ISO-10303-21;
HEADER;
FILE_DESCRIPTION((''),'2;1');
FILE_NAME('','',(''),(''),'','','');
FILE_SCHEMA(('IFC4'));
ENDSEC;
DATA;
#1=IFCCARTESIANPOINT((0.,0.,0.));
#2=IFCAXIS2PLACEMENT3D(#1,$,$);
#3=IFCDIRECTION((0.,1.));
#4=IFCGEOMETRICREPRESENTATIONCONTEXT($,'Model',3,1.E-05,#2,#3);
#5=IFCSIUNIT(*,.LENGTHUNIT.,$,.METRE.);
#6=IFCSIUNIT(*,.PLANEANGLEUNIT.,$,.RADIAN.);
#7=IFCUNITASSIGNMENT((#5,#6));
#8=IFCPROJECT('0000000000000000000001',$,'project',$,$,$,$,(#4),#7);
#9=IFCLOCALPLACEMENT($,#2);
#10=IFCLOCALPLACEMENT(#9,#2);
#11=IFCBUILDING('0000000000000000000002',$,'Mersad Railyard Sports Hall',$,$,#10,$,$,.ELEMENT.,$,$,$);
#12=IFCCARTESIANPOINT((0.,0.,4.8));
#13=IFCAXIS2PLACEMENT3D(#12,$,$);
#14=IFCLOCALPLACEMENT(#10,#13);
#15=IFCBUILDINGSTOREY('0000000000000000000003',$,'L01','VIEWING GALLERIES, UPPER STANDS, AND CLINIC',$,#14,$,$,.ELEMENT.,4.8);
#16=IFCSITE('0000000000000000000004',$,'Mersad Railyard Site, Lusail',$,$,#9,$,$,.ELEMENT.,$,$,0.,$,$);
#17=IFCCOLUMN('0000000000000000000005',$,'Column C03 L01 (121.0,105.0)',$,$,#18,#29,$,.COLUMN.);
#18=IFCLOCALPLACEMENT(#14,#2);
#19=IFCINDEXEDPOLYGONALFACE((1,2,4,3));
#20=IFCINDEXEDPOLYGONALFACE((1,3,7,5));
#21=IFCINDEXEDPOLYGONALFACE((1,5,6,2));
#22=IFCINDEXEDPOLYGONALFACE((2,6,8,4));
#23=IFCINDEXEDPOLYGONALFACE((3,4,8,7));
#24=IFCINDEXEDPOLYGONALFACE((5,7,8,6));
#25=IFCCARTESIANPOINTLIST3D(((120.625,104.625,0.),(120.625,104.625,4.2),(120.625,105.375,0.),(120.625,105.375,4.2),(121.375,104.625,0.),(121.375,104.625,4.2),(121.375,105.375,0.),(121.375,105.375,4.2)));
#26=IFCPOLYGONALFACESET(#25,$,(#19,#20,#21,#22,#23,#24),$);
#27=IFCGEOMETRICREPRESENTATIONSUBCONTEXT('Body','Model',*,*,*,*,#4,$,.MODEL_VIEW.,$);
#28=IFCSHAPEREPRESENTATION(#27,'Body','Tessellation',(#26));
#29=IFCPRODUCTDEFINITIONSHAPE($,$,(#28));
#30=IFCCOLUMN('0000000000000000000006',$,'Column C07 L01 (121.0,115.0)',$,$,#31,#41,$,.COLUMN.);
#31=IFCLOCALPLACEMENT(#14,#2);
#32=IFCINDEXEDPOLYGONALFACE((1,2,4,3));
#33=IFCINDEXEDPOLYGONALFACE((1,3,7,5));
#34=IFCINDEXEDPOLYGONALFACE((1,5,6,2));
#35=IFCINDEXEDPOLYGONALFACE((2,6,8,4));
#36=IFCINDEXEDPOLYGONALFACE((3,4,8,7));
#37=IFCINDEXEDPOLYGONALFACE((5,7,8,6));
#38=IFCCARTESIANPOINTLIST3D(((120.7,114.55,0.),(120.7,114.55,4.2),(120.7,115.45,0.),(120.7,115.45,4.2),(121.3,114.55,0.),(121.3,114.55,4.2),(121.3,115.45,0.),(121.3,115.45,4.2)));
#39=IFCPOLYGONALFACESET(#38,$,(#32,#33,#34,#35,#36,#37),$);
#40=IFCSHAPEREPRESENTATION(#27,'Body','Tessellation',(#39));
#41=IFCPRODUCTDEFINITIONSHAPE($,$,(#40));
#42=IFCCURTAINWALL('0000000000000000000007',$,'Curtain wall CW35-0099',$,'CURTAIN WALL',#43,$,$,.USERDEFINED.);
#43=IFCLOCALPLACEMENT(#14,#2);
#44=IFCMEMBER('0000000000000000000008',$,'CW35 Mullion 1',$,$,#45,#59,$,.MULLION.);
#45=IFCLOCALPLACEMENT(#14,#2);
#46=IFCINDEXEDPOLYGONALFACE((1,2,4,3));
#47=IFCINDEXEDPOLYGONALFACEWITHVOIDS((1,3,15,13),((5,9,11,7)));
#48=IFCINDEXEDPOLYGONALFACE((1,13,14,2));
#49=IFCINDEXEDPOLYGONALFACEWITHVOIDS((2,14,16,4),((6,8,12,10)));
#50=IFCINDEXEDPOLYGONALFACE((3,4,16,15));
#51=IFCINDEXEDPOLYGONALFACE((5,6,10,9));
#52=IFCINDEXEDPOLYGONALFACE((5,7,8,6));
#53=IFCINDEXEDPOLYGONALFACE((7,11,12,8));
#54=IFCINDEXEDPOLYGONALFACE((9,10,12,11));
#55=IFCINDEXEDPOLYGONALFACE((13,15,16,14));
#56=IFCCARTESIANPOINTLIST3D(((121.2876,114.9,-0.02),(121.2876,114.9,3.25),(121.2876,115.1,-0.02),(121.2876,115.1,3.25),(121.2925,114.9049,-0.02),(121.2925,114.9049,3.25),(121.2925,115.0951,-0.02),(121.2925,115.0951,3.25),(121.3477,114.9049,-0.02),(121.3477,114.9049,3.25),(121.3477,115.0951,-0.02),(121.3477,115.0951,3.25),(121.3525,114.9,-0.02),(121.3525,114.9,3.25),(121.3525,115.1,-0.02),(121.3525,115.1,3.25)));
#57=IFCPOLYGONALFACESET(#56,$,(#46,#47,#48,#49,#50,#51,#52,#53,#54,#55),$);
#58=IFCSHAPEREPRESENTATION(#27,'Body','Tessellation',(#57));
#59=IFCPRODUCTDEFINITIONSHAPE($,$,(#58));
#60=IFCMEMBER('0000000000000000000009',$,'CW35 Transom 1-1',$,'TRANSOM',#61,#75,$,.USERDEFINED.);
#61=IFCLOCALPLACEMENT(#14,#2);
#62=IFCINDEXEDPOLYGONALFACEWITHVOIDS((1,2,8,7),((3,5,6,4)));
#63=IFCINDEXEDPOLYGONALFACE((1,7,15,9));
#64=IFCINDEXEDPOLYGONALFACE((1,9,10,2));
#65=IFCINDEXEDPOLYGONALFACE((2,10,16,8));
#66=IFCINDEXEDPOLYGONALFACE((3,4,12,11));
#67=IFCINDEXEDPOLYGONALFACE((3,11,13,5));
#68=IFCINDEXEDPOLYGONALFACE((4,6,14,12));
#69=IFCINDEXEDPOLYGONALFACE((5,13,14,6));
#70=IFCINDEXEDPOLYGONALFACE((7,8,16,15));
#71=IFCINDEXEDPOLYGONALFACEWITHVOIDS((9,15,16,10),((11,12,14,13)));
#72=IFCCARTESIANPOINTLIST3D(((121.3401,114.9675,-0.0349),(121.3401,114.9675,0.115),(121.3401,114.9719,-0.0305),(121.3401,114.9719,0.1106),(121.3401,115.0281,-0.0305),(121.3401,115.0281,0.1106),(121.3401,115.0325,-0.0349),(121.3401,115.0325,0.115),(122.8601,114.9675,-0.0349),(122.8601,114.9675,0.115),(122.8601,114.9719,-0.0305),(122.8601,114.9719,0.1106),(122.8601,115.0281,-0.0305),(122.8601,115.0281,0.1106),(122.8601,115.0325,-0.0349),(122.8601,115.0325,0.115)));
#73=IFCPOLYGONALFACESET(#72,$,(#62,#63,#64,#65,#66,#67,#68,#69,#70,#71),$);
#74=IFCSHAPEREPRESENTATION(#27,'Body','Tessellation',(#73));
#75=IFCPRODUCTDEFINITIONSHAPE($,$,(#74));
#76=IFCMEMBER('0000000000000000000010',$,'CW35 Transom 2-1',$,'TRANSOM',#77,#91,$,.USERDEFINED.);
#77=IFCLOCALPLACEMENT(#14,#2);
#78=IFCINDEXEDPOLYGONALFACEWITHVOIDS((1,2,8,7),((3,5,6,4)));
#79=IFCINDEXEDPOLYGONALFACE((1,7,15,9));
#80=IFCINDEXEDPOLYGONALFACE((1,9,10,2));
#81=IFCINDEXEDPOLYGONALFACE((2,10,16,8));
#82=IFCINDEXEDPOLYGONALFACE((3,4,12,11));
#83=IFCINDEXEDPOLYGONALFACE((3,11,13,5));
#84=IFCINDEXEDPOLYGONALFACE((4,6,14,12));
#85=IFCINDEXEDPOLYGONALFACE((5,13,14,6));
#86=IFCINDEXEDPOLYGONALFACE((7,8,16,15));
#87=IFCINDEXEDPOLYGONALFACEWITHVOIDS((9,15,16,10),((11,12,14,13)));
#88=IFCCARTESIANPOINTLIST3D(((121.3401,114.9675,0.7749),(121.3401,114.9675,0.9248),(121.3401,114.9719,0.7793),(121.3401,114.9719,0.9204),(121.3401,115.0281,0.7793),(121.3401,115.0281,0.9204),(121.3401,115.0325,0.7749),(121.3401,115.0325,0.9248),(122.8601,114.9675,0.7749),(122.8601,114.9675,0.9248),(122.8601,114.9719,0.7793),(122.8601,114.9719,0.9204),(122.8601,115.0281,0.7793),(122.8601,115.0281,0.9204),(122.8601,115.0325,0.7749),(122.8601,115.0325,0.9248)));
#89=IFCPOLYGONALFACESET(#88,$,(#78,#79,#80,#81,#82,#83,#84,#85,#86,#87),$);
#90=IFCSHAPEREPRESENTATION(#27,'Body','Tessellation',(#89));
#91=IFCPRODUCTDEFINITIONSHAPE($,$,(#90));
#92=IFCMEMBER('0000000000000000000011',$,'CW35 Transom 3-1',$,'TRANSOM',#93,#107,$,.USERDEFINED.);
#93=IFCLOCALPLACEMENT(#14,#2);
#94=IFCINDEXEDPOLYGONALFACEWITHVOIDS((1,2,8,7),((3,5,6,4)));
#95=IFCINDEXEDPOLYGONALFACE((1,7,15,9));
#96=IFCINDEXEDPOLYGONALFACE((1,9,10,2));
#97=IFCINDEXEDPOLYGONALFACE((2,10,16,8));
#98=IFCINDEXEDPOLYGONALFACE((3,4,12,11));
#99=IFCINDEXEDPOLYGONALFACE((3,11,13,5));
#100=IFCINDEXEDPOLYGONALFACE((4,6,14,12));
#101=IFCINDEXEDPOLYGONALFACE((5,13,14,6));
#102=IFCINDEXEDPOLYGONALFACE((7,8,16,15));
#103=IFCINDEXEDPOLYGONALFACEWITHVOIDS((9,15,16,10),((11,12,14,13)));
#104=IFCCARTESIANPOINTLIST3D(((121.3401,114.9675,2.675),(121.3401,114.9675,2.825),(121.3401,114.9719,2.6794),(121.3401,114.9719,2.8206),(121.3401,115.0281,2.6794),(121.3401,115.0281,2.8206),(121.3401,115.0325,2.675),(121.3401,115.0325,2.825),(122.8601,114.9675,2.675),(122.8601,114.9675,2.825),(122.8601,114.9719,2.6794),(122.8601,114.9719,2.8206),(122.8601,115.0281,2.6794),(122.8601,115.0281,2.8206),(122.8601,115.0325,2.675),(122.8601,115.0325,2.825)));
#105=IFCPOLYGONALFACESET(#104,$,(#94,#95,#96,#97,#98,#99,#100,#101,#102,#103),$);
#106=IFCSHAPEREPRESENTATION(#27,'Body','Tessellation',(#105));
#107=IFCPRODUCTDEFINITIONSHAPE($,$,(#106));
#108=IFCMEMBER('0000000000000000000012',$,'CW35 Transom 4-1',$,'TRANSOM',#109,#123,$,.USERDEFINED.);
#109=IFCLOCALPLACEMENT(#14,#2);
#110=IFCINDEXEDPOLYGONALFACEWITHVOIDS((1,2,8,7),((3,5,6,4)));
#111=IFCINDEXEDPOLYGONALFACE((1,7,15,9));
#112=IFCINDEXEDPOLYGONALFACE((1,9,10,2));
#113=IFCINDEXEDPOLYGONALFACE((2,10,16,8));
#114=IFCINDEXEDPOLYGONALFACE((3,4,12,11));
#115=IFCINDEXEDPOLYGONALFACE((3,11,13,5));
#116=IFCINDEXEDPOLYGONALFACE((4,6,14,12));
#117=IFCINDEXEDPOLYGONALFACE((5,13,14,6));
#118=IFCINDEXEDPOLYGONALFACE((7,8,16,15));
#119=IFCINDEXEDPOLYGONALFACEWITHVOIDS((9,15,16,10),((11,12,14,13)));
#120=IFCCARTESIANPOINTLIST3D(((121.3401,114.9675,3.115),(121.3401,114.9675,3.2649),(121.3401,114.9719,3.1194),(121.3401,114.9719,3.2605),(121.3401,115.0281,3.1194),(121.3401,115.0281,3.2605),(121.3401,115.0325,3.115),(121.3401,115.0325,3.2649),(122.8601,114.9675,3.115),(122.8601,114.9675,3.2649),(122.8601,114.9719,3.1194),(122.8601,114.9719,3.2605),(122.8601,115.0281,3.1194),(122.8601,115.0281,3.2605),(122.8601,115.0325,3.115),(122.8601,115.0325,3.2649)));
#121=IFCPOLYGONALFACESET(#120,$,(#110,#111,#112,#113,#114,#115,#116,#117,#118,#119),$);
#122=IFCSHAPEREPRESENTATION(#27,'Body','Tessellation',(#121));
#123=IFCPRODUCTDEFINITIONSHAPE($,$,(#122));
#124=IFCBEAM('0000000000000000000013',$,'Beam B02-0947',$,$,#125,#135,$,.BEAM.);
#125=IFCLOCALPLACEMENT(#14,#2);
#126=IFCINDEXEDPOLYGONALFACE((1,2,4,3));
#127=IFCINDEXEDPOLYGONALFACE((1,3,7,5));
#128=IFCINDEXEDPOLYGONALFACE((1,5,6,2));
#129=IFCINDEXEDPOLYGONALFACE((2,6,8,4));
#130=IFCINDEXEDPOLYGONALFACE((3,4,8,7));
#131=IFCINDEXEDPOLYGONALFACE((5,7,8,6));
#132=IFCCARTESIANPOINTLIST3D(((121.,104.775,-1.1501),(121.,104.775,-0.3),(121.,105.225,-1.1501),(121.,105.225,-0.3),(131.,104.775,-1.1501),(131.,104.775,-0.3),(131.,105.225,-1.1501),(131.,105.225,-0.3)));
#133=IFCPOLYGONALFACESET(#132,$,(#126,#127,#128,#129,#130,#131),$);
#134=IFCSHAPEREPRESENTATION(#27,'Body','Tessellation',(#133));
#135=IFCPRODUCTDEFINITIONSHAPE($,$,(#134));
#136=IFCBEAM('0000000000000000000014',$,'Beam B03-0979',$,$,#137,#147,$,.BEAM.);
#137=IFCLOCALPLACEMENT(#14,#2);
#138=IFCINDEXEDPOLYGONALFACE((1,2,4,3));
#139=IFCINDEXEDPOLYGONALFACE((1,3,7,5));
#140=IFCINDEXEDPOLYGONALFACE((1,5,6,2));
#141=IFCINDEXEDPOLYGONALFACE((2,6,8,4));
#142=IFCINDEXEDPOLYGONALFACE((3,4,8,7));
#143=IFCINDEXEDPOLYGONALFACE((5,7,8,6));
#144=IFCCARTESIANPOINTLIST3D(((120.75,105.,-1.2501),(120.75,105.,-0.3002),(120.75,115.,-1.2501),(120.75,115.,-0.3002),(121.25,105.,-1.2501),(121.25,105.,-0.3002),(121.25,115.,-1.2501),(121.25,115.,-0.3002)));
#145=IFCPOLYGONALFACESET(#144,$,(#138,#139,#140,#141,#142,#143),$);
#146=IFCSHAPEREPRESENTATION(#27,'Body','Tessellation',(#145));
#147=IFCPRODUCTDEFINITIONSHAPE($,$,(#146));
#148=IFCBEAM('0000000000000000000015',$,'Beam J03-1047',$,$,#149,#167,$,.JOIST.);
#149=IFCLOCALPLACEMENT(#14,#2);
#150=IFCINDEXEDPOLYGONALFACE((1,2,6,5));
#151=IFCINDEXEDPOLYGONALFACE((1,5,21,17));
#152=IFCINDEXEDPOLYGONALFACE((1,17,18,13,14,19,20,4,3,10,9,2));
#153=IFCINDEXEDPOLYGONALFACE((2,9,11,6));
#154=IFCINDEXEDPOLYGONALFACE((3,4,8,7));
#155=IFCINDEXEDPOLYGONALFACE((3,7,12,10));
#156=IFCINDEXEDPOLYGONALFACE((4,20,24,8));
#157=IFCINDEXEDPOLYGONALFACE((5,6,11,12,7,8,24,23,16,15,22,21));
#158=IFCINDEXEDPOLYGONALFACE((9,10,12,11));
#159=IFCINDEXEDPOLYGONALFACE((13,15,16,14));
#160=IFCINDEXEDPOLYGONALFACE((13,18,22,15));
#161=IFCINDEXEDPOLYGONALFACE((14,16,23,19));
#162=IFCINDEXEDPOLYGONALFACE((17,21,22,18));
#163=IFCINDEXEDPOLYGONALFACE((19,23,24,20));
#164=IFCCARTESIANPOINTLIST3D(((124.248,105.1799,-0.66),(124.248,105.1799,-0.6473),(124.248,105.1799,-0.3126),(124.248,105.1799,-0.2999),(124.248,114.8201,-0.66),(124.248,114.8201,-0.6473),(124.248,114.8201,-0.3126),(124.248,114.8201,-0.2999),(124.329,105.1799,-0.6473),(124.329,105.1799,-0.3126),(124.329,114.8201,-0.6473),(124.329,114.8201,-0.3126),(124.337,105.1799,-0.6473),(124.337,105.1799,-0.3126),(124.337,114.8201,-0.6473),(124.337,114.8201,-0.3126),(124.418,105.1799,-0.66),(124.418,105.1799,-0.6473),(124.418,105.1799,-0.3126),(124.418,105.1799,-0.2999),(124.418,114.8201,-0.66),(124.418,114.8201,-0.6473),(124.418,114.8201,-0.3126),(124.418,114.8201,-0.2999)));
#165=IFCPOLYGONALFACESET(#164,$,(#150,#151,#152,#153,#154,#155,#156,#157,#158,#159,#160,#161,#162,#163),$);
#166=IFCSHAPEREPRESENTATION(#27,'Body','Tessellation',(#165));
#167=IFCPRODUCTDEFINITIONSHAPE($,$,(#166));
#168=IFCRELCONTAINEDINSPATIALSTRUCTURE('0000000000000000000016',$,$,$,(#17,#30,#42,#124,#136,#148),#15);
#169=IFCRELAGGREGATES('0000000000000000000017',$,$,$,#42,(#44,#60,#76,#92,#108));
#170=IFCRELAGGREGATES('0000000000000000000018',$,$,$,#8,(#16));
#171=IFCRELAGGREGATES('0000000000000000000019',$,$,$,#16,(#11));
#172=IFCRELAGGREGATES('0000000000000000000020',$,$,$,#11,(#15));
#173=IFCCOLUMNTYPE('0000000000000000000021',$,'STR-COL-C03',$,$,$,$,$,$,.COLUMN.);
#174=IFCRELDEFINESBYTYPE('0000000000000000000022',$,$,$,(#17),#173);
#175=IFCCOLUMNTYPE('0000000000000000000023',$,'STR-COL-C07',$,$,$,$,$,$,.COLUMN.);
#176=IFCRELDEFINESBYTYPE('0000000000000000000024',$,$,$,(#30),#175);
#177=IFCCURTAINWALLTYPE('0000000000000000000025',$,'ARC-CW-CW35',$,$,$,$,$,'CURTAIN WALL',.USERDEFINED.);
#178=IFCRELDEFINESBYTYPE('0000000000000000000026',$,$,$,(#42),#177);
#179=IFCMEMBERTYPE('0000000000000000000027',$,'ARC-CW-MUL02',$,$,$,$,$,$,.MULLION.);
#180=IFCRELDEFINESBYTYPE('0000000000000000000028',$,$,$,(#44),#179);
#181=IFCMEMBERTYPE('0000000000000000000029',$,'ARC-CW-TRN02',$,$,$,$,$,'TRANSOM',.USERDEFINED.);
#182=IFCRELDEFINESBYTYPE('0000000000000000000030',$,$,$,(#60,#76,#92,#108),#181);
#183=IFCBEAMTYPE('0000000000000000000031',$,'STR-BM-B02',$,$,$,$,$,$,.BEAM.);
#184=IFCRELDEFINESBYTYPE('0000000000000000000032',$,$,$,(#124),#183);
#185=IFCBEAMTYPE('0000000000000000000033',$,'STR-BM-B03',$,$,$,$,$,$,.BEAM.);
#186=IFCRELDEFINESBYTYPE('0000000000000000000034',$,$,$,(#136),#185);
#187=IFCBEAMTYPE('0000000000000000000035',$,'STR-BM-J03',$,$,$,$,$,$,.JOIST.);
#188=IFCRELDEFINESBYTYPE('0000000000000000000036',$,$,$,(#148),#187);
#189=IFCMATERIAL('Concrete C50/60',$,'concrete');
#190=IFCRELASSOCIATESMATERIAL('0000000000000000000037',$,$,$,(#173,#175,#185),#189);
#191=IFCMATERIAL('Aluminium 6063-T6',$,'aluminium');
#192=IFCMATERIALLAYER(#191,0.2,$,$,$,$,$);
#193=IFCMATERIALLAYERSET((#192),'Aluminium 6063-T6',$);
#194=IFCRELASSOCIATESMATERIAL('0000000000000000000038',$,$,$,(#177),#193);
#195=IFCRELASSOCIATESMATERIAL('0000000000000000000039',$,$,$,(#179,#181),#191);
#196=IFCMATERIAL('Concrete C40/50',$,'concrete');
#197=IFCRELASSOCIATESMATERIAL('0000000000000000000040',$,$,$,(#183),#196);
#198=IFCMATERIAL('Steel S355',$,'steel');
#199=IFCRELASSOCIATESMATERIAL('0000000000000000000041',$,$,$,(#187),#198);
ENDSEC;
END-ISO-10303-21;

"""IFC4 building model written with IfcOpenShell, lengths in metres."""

from ifc_helpers import new_model, si_unit, direction, frame, origin, origin_2d, place, context, subcontext, project, spatial, rectangle, hollow_rectangle, i_section, extrude, material, layer, layer_set, material_profile, profile_set, type_object, element, aggregate, save


model = new_model("IFC4")

# Units and contexts
model_context = context("Model", 3, precision=1e-05, world=origin(), true_north=direction((0.0, 1.0)))
body_context = subcontext(model_context, "Body", "Model", "MODEL_VIEW")
ifc_project = project(units=[si_unit("LENGTHUNIT", "METRE"), si_unit("PLANEANGLEUNIT", "RADIAN")], contexts=[model_context])

# Site, building, storey
site_placement = place(None, origin())
site = spatial("IfcSite", under=ifc_project, at=site_placement, Name="Mersad Railyard Site, Lusail", CompositionType="ELEMENT", RefElevation=0.0)
building_placement = place(site_placement, origin())
building = spatial("IfcBuilding", under=site, at=building_placement, Name="Mersad Railyard Sports Hall", CompositionType="ELEMENT")
storey_placement = place(building_placement, frame((0.0, 0.0, 4.8)))
storey = spatial("IfcBuildingStorey", under=building, at=storey_placement, Name="L01", Description="VIEWING GALLERIES, UPPER STANDS, AND CLINIC", CompositionType="ELEMENT", Elevation=4.8)

# Columns
ifc_material_1 = material(Name="Concrete C50/60", Category="concrete")
ifc_material_profile_1 = material_profile(ifc_material_1, rectangle(XDim=0.75, YDim=0.75, at=origin_2d()), Name="RC 750x750")
ifc_profile_set_1 = profile_set([ifc_material_profile_1], Name="Concrete C50/60")
column_type_1 = type_object("IfcColumnType", Name="STR-COL-C03", PredefinedType="COLUMN", material=ifc_profile_set_1)
column_1_placement = place(storey_placement, frame((121.0, 105.0, 0.0), z_axis=(0.0, 0.0, 1.0), x_axis=(1.0, 0.0, 0.0)))
element("IfcColumn", 1, at=column_1_placement, inside=storey, type_object=column_type_1, Name="Column C03 L01 (121.0,105.0)", PredefinedType="COLUMN", context=body_context, shape_type="SweptSolid", body=[
    extrude(rectangle(XDim=0.75, YDim=0.75, at=origin_2d()), origin(), (0.0, 0.0, 1.0), 4.2),
])
ifc_material_profile_2 = material_profile(ifc_material_1, rectangle(XDim=0.6001, YDim=0.8999, at=origin_2d()), Name="RC 600x900")
ifc_profile_set_2 = profile_set([ifc_material_profile_2], Name="Concrete C50/60")
column_type_2 = type_object("IfcColumnType", Name="STR-COL-C07", PredefinedType="COLUMN", material=ifc_profile_set_2)
column_2_placement = place(storey_placement, frame((121.0, 115.0, 0.0), z_axis=(0.0, 0.0, 1.0), x_axis=(1.0, 0.0, 0.0)))
element("IfcColumn", 2, at=column_2_placement, inside=storey, type_object=column_type_2, Name="Column C07 L01 (121.0,115.0)", PredefinedType="COLUMN", context=body_context, shape_type="SweptSolid", body=[
    extrude(rectangle(XDim=0.6001, YDim=0.8999, at=origin_2d()), origin(), (0.0, 0.0, 1.0), 4.2),
])

# Curtain wall, members
ifc_material_2 = material(Name="Aluminium 6063-T6", Category="aluminium")
ifc_layer_1 = layer(ifc_material_2, 0.2)
ifc_layer_set_1 = layer_set([ifc_layer_1], Name="Aluminium 6063-T6")
curtain_wall_type = type_object("IfcCurtainWallType", Name="ARC-CW-CW35", ElementType="CURTAIN WALL", PredefinedType="USERDEFINED", material=ifc_layer_set_1)
curtain_wall_placement = place(storey_placement, origin())
curtain_wall = element("IfcCurtainWall", 3, at=curtain_wall_placement, inside=storey, type_object=curtain_wall_type, Name="Curtain wall CW35-0099", ObjectType="CURTAIN WALL", PredefinedType="USERDEFINED")
ifc_material_profile_3 = material_profile(ifc_material_2, hollow_rectangle(XDim=0.0649, YDim=0.2, WallThickness=0.0049, at=origin_2d()), Name="AL MULLION 65x200x5")
ifc_profile_set_3 = profile_set([ifc_material_profile_3], Name="Aluminium 6063-T6")
member_type_1 = type_object("IfcMemberType", Name="ARC-CW-MUL02", PredefinedType="MULLION", material=ifc_profile_set_3)
member_1_placement = place(storey_placement, frame((121.3201, 115.0, -0.02), z_axis=(0.0, 0.0, 1.0), x_axis=(1.0, 0.0, 0.0)))
member_1 = element("IfcMember", 4, at=member_1_placement, type_object=member_type_1, Name="CW35 Mullion 1", PredefinedType="MULLION", context=body_context, shape_type="SweptSolid", body=[
    extrude(hollow_rectangle(XDim=0.0649, YDim=0.2, WallThickness=0.0049, at=origin_2d()), origin(), (0.0, 0.0, 1.0), 3.27),
])
ifc_material_profile_4 = material_profile(ifc_material_2, hollow_rectangle(XDim=0.0649, YDim=0.1499, WallThickness=0.0044, at=origin_2d()), Name="AL TRANSOM 65x150x4.5")
ifc_profile_set_4 = profile_set([ifc_material_profile_4], Name="Aluminium 6063-T6")
member_type_2 = type_object("IfcMemberType", Name="ARC-CW-TRN02", ElementType="TRANSOM", PredefinedType="USERDEFINED", material=ifc_profile_set_4)
member_2_placement = place(storey_placement, frame((121.3401, 115.0, 0.04), z_axis=(1.0, 0.0, 0.0), x_axis=(0.0, 1.0, 0.0)))
member_2 = element("IfcMember", 5, at=member_2_placement, type_object=member_type_2, Name="CW35 Transom 1-1", ObjectType="TRANSOM", PredefinedType="USERDEFINED", context=body_context, shape_type="SweptSolid", body=[
    extrude(hollow_rectangle(XDim=0.0649, YDim=0.1499, WallThickness=0.0044, at=origin_2d()), origin(), (0.0, 0.0, 1.0), 1.52),
])
member_3_placement = place(storey_placement, frame((121.3401, 115.0, 0.8499), z_axis=(1.0, 0.0, 0.0), x_axis=(0.0, 1.0, 0.0)))
member_3 = element("IfcMember", 6, at=member_3_placement, type_object=member_type_2, Name="CW35 Transom 2-1", ObjectType="TRANSOM", PredefinedType="USERDEFINED", context=body_context, shape_type="SweptSolid", body=[
    extrude(hollow_rectangle(XDim=0.0649, YDim=0.1499, WallThickness=0.0044, at=origin_2d()), origin(), (0.0, 0.0, 1.0), 1.52),
])
member_4_placement = place(storey_placement, frame((121.3401, 115.0, 2.75), z_axis=(1.0, 0.0, 0.0), x_axis=(0.0, 1.0, 0.0)))
member_4 = element("IfcMember", 7, at=member_4_placement, type_object=member_type_2, Name="CW35 Transom 3-1", ObjectType="TRANSOM", PredefinedType="USERDEFINED", context=body_context, shape_type="SweptSolid", body=[
    extrude(hollow_rectangle(XDim=0.0649, YDim=0.1499, WallThickness=0.0044, at=origin_2d()), origin(), (0.0, 0.0, 1.0), 1.52),
])
member_5_placement = place(storey_placement, frame((121.3401, 115.0, 3.1899), z_axis=(1.0, 0.0, 0.0), x_axis=(0.0, 1.0, 0.0)))
member_5 = element("IfcMember", 8, at=member_5_placement, type_object=member_type_2, Name="CW35 Transom 4-1", ObjectType="TRANSOM", PredefinedType="USERDEFINED", context=body_context, shape_type="SweptSolid", body=[
    extrude(hollow_rectangle(XDim=0.0649, YDim=0.1499, WallThickness=0.0044, at=origin_2d()), origin(), (0.0, 0.0, 1.0), 1.52),
])

# Beams
ifc_material_3 = material(Name="Concrete C40/50", Category="concrete")
ifc_material_profile_5 = material_profile(ifc_material_3, rectangle(XDim=0.45, YDim=0.8501, at=origin_2d()), Name="RC 450x850")
ifc_profile_set_5 = profile_set([ifc_material_profile_5], Name="Concrete C40/50")
beam_type_1 = type_object("IfcBeamType", Name="STR-BM-B02", PredefinedType="BEAM", material=ifc_profile_set_5)
beam_1_placement = place(storey_placement, frame((121.0, 105.0, -0.7251), z_axis=(1.0, 0.0, 0.0), x_axis=(0.0, 1.0, 0.0)))
element("IfcBeam", 9, at=beam_1_placement, inside=storey, type_object=beam_type_1, Name="Beam B02-0947", PredefinedType="BEAM", context=body_context, shape_type="SweptSolid", body=[
    extrude(rectangle(XDim=0.45, YDim=0.8501, at=origin_2d()), origin(), (0.0, 0.0, 1.0), 10.0),
])
ifc_material_profile_6 = material_profile(ifc_material_1, rectangle(XDim=0.5, YDim=0.95, at=origin_2d()), Name="RC 500x950")
ifc_profile_set_6 = profile_set([ifc_material_profile_6], Name="Concrete C50/60")
beam_type_2 = type_object("IfcBeamType", Name="STR-BM-B03", PredefinedType="BEAM", material=ifc_profile_set_6)
beam_2_placement = place(storey_placement, frame((121.0, 105.0, -0.7751), z_axis=(0.0, 1.0, 0.0), x_axis=(-1.0, 0.0, 0.0)))
element("IfcBeam", 10, at=beam_2_placement, inside=storey, type_object=beam_type_2, Name="Beam B03-0979", PredefinedType="BEAM", context=body_context, shape_type="SweptSolid", body=[
    extrude(rectangle(XDim=0.5, YDim=0.95, at=origin_2d()), origin(), (0.0, 0.0, 1.0), 10.0),
])
ifc_material_4 = material(Name="Steel S355", Category="steel")
ifc_material_profile_7 = material_profile(ifc_material_4, i_section(OverallWidth=0.1699, OverallDepth=0.3601, WebThickness=0.0081, FlangeThickness=0.0127, at=origin_2d()), Name="IPE 360")
ifc_profile_set_7 = profile_set([ifc_material_profile_7], Name="Steel S355")
beam_type_3 = type_object("IfcBeamType", Name="STR-BM-J03", PredefinedType="JOIST", material=ifc_profile_set_7)
for number, where, z_axis, x_axis, name in (
    (11, (124.333, 105.1799, -0.48), (0.0, 1.0, 0.0), (-1.0, 0.0, 0.0), "Beam J03-1047"),
):
    element("IfcBeam", number, at=place(storey_placement, frame(where, z_axis=z_axis, x_axis=x_axis)), inside=storey, type_object=beam_type_3, Name=name, PredefinedType="JOIST", context=body_context, shape_type="SweptSolid", body=[
        extrude(i_section(OverallWidth=0.1699, OverallDepth=0.3601, WebThickness=0.0081, FlangeThickness=0.0127, at=origin_2d()), origin(), (0.0, 0.0, 1.0), 9.6401),
    ])

aggregate(curtain_wall, [member_1, member_2, member_3, member_4, member_5])

save(model, "model.ifc")
